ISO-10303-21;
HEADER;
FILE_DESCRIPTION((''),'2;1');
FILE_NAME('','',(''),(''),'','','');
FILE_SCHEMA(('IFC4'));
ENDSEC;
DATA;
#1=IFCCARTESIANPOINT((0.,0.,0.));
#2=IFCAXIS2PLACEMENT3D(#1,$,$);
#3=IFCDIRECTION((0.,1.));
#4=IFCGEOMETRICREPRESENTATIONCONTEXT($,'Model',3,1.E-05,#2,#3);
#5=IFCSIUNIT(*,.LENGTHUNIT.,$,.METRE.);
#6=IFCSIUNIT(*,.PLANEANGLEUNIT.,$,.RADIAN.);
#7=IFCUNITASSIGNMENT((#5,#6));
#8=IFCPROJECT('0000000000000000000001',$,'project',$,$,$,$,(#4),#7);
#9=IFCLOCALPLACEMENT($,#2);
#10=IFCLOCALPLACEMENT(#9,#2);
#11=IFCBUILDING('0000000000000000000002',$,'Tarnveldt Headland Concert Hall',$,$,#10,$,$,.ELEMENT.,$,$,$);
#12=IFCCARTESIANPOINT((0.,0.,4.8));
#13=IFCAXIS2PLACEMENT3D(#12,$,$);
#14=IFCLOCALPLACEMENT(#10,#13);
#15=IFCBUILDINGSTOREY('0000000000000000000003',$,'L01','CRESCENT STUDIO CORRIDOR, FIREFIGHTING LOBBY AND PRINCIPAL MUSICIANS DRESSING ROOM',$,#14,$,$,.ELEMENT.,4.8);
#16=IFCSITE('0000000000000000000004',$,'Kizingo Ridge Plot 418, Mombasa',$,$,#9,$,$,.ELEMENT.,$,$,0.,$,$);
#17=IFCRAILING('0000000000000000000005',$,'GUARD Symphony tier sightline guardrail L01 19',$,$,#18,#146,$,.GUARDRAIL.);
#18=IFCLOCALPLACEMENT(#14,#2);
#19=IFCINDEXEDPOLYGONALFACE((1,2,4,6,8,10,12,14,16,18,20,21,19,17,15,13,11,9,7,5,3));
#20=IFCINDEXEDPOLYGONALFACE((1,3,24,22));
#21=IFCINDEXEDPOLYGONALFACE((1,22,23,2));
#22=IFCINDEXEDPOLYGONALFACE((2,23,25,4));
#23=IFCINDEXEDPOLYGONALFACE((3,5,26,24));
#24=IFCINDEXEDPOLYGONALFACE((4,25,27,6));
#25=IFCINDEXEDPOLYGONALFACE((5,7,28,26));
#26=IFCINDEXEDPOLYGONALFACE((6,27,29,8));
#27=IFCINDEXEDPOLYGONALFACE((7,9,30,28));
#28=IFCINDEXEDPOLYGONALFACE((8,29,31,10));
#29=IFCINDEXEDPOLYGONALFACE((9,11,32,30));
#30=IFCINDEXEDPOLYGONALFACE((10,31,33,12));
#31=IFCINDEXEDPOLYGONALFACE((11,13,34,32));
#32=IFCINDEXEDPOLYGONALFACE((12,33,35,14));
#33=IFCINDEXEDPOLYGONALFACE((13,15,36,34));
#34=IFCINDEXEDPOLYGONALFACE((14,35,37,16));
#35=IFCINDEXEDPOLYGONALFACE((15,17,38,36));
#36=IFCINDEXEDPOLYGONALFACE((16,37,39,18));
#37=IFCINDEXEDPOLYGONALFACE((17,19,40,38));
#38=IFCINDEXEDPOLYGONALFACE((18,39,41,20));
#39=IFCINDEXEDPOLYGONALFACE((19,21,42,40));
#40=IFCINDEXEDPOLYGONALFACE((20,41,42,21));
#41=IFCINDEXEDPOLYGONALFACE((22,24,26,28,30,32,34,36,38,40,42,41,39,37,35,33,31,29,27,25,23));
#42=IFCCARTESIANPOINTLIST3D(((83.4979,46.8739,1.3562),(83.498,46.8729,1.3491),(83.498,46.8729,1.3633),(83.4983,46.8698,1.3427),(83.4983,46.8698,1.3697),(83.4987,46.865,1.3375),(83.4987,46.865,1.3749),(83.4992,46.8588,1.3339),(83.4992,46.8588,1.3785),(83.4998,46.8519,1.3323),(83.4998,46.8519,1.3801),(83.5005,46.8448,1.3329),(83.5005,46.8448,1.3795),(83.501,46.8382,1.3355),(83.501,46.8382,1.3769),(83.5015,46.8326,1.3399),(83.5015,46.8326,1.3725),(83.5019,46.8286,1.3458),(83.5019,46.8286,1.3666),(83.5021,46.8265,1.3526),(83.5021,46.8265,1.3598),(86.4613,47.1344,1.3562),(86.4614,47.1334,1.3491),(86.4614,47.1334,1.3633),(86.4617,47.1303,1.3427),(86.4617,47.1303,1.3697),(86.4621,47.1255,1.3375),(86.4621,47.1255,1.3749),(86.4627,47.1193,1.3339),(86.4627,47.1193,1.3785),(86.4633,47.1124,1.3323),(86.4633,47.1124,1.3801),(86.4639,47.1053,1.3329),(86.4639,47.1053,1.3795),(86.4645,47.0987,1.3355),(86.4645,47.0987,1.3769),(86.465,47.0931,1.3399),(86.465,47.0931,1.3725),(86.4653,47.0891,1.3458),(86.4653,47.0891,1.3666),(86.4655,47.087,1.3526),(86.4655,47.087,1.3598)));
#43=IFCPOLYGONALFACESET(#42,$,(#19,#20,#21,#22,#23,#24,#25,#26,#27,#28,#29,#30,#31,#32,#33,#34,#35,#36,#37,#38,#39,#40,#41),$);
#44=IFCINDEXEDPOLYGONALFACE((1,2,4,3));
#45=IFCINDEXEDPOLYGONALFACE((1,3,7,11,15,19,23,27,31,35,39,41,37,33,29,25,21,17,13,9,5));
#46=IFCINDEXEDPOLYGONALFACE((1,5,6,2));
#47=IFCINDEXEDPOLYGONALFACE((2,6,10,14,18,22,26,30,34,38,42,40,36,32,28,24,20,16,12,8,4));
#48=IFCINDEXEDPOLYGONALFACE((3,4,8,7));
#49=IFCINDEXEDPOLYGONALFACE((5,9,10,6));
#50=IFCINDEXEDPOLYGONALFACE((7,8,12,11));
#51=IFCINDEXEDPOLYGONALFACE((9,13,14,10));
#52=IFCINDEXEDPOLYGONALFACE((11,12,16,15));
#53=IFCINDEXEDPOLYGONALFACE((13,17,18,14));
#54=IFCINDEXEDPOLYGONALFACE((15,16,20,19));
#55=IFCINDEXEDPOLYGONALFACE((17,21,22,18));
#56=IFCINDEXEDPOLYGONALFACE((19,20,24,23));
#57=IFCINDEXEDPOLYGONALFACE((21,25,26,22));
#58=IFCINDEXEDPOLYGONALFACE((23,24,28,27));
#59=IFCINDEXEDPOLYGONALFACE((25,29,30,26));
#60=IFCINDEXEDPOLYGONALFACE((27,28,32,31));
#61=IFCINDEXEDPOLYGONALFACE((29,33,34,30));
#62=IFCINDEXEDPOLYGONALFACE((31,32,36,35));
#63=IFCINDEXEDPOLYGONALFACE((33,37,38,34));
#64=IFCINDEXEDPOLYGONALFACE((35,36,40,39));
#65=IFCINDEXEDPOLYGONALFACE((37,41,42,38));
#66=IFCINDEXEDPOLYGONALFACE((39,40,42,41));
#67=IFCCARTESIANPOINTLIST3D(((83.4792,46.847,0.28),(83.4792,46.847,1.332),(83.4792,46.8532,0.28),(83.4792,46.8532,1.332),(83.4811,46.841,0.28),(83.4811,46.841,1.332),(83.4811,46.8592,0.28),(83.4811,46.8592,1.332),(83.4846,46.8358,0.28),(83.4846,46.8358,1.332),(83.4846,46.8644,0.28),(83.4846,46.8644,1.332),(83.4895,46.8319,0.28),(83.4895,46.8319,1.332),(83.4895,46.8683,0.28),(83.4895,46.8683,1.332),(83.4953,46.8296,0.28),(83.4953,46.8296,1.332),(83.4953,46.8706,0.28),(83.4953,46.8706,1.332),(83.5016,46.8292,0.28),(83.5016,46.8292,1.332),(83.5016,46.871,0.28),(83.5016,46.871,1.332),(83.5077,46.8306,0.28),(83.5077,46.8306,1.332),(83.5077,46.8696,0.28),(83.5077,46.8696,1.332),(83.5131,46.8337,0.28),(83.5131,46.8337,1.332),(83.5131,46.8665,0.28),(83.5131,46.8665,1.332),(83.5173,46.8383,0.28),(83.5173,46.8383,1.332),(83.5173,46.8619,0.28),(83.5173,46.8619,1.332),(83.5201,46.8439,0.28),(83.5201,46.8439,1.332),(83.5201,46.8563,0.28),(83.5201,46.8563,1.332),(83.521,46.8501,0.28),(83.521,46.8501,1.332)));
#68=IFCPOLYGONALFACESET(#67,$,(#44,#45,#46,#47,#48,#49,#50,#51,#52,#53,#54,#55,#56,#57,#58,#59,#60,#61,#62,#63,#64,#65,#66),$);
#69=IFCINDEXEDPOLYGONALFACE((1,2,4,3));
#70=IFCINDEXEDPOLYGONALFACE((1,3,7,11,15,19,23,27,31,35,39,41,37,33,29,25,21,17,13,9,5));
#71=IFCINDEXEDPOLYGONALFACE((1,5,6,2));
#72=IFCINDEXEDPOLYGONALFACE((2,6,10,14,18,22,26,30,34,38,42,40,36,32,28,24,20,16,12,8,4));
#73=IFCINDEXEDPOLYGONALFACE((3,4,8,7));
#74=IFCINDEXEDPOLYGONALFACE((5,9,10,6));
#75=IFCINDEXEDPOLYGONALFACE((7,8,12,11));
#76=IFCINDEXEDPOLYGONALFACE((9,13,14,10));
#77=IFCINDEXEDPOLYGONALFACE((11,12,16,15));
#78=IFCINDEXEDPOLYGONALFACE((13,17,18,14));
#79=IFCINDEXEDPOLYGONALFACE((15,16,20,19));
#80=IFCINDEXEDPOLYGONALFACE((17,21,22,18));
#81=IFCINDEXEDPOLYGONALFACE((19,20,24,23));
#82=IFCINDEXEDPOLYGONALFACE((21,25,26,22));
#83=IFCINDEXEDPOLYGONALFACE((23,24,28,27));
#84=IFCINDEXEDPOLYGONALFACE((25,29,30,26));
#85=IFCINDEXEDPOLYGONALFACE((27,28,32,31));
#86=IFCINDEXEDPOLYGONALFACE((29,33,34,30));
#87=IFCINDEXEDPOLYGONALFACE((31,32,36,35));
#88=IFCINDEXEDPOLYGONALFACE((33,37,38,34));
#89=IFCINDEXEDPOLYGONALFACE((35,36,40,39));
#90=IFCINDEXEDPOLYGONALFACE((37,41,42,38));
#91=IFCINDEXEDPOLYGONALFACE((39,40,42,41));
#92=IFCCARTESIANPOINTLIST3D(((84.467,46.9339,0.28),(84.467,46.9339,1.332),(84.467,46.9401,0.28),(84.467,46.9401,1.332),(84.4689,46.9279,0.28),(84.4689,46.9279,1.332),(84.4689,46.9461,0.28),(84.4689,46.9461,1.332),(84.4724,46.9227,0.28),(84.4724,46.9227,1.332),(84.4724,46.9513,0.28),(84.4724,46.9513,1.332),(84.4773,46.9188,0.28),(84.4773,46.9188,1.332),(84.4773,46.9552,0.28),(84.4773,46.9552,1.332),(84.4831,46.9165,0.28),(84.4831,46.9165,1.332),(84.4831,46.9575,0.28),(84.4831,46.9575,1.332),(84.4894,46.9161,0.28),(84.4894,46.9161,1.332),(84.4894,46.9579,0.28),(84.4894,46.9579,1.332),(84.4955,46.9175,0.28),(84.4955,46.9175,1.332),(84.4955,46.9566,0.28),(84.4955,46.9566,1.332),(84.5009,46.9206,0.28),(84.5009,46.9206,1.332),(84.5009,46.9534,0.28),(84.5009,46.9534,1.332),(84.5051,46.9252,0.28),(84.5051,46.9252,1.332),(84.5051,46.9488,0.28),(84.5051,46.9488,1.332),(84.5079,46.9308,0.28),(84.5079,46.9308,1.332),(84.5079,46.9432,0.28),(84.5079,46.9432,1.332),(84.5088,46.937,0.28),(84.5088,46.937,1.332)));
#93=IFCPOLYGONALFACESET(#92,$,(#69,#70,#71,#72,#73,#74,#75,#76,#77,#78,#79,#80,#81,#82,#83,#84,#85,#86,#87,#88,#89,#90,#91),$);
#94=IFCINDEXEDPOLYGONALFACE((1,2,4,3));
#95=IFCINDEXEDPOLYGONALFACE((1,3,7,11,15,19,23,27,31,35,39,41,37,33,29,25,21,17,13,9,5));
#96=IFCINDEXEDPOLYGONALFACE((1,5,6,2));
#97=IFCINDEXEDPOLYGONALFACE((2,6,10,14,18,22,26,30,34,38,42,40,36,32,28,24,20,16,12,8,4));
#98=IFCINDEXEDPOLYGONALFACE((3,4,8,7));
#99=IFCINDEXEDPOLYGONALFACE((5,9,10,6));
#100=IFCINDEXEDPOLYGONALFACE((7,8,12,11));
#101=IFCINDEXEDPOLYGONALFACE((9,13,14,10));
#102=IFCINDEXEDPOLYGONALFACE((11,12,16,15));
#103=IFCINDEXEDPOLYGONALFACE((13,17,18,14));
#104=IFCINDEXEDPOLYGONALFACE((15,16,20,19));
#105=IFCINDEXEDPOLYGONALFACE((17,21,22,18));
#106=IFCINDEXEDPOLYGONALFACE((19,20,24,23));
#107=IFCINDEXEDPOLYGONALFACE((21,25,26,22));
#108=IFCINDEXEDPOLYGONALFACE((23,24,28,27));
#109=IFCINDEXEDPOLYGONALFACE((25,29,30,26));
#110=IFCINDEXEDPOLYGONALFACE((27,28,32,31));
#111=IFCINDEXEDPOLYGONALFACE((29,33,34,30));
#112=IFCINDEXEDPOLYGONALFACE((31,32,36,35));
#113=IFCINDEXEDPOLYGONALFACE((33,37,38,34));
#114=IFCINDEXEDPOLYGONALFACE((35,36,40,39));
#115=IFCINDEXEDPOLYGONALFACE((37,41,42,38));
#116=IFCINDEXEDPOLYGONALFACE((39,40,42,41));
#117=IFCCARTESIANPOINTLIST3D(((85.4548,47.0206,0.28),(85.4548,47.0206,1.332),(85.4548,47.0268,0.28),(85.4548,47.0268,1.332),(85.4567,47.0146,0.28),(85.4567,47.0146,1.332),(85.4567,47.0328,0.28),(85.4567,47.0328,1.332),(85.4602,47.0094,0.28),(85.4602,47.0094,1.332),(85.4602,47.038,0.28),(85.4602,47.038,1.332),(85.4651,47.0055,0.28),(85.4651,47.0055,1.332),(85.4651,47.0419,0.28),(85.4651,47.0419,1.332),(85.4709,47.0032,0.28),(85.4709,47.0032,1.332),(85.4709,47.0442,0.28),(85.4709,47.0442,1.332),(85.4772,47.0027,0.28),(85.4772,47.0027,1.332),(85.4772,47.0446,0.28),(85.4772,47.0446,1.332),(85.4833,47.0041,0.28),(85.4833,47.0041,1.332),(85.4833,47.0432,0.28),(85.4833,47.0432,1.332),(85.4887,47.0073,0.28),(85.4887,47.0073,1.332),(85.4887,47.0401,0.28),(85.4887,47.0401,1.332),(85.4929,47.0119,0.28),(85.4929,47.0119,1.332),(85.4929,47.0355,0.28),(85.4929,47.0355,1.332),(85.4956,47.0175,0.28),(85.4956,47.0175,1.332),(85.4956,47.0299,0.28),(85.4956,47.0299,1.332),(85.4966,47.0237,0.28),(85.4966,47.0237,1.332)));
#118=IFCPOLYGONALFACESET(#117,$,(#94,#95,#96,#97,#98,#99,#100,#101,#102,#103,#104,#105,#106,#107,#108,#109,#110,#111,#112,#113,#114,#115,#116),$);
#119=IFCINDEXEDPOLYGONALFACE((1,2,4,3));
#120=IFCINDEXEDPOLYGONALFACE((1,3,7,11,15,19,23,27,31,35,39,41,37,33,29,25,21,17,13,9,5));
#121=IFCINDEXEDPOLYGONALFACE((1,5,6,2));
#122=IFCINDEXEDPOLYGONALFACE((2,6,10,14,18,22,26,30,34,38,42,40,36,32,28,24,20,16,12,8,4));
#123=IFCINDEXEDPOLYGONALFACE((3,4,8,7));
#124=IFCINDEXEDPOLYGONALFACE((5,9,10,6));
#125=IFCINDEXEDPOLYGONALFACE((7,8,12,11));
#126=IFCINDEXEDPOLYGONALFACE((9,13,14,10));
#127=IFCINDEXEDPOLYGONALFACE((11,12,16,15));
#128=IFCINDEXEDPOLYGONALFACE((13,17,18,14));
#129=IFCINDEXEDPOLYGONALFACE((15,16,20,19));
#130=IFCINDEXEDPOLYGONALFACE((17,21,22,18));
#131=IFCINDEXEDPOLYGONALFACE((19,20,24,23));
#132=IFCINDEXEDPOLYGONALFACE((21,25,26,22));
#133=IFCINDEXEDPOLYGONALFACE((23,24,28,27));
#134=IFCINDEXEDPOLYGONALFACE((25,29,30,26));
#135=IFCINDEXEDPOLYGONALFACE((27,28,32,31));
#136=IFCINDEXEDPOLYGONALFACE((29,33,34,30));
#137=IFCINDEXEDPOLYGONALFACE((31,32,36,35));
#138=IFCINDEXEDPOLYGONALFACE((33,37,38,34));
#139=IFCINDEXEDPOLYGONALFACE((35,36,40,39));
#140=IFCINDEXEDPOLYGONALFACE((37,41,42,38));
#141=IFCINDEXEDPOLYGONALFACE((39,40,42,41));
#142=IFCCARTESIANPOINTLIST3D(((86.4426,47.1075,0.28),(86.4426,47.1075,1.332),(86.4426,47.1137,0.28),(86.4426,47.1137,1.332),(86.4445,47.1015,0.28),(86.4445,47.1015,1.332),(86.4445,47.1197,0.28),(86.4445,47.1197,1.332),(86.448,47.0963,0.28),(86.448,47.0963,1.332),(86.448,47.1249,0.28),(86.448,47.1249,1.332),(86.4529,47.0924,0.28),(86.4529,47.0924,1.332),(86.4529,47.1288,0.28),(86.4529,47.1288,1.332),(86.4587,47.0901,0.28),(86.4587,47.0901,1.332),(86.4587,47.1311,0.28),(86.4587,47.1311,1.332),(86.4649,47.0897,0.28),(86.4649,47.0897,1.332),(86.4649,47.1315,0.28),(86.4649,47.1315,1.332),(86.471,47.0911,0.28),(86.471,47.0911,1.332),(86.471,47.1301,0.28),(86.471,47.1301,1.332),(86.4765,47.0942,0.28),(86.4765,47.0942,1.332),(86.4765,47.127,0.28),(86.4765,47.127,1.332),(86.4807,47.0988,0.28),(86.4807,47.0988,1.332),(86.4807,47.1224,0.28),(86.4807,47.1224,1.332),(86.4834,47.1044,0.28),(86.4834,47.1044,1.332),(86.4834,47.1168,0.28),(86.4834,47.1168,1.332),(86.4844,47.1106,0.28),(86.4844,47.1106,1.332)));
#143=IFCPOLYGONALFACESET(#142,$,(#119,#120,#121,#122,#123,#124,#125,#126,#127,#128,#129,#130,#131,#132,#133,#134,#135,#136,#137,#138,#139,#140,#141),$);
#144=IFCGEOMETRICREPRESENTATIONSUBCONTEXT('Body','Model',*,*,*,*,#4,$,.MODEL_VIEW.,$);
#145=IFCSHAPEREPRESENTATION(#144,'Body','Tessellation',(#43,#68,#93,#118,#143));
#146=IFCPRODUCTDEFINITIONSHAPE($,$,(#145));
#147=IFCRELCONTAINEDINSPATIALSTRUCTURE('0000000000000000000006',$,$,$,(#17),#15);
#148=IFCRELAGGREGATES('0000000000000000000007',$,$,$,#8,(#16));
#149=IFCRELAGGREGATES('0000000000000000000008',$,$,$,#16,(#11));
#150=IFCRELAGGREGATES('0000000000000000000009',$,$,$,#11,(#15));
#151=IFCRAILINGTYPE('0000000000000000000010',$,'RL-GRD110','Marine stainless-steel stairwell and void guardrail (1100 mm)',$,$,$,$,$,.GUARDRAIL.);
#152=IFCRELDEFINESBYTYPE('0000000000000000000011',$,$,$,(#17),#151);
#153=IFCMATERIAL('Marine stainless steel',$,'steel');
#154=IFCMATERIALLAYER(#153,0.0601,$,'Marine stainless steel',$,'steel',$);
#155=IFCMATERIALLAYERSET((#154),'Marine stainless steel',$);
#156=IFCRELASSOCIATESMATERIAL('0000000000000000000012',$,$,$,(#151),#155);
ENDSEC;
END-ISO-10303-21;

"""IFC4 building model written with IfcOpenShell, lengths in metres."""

from ifc_helpers import new_model, si_unit, direction, frame, origin, origin_2d, place, context, subcontext, project, spatial, circle, extrude, material, layer, layer_set, type_object, element, save


model = new_model("IFC4")

# Units and contexts
model_context = context("Model", 3, precision=1e-05, world=origin(), true_north=direction((0.0, 1.0)))
body_context = subcontext(model_context, "Body", "Model", "MODEL_VIEW")
ifc_project = project(units=[si_unit("LENGTHUNIT", "METRE"), si_unit("PLANEANGLEUNIT", "RADIAN")], contexts=[model_context])

# Site, building, storey
site_placement = place(None, origin())
site = spatial("IfcSite", under=ifc_project, at=site_placement, Name="Kizingo Ridge Plot 418, Mombasa", CompositionType="ELEMENT", RefElevation=0.0)
building_placement = place(site_placement, origin())
building = spatial("IfcBuilding", under=site, at=building_placement, Name="Tarnveldt Headland Concert Hall", CompositionType="ELEMENT")
storey_placement = place(building_placement, frame((0.0, 0.0, 4.8)))
storey = spatial("IfcBuildingStorey", under=building, at=storey_placement, Name="L01", Description="CRESCENT STUDIO CORRIDOR, FIREFIGHTING LOBBY AND PRINCIPAL MUSICIANS DRESSING ROOM", CompositionType="ELEMENT", Elevation=4.8)

# Railing
ifc_material_1 = material(Name="Marine stainless steel", Category="steel")
ifc_layer_1 = layer(ifc_material_1, 0.0601, Name="Marine stainless steel", Category="steel")
ifc_layer_set_1 = layer_set([ifc_layer_1], Name="Marine stainless steel")
railing_type = type_object("IfcRailingType", Name="RL-GRD110", Description="Marine stainless-steel stairwell and void guardrail (1100 mm)", PredefinedType="GUARDRAIL", material=ifc_layer_set_1)
railing_1_placement = place(storey_placement, frame((83.5, 46.8501, 0.28)))
element("IfcRailing", 1, at=railing_1_placement, inside=storey, type_object=railing_type, Name="GUARD Symphony tier sightline guardrail L01 19", PredefinedType="GUARDRAIL", context=body_context, shape_type="SweptSolid", body=[
    extrude(circle(Radius=0.0239, at=origin_2d()), frame((0.0, 0.0, 1.0762), z_axis=(0.996159, 0.087568, 0.0), x_axis=(-0.087568, 0.996159, 0.0)), (0.0, 0.0, 1.0), 2.9749),
    extrude(circle(Radius=0.021, at=origin_2d()), origin(), (0.0, 0.0, 1.0), 1.052),
    extrude(circle(Radius=0.021, at=origin_2d()), frame((0.9878, 0.0869, 0.0)), (0.0, 0.0, 1.0), 1.052),
    extrude(circle(Radius=0.021, at=origin_2d()), frame((1.9756, 0.1736, 0.0)), (0.0, 0.0, 1.0), 1.052),
    extrude(circle(Radius=0.021, at=origin_2d()), frame((2.9634, 0.2605, 0.0)), (0.0, 0.0, 1.0), 1.052),
])

save(model, "model.ifc")
